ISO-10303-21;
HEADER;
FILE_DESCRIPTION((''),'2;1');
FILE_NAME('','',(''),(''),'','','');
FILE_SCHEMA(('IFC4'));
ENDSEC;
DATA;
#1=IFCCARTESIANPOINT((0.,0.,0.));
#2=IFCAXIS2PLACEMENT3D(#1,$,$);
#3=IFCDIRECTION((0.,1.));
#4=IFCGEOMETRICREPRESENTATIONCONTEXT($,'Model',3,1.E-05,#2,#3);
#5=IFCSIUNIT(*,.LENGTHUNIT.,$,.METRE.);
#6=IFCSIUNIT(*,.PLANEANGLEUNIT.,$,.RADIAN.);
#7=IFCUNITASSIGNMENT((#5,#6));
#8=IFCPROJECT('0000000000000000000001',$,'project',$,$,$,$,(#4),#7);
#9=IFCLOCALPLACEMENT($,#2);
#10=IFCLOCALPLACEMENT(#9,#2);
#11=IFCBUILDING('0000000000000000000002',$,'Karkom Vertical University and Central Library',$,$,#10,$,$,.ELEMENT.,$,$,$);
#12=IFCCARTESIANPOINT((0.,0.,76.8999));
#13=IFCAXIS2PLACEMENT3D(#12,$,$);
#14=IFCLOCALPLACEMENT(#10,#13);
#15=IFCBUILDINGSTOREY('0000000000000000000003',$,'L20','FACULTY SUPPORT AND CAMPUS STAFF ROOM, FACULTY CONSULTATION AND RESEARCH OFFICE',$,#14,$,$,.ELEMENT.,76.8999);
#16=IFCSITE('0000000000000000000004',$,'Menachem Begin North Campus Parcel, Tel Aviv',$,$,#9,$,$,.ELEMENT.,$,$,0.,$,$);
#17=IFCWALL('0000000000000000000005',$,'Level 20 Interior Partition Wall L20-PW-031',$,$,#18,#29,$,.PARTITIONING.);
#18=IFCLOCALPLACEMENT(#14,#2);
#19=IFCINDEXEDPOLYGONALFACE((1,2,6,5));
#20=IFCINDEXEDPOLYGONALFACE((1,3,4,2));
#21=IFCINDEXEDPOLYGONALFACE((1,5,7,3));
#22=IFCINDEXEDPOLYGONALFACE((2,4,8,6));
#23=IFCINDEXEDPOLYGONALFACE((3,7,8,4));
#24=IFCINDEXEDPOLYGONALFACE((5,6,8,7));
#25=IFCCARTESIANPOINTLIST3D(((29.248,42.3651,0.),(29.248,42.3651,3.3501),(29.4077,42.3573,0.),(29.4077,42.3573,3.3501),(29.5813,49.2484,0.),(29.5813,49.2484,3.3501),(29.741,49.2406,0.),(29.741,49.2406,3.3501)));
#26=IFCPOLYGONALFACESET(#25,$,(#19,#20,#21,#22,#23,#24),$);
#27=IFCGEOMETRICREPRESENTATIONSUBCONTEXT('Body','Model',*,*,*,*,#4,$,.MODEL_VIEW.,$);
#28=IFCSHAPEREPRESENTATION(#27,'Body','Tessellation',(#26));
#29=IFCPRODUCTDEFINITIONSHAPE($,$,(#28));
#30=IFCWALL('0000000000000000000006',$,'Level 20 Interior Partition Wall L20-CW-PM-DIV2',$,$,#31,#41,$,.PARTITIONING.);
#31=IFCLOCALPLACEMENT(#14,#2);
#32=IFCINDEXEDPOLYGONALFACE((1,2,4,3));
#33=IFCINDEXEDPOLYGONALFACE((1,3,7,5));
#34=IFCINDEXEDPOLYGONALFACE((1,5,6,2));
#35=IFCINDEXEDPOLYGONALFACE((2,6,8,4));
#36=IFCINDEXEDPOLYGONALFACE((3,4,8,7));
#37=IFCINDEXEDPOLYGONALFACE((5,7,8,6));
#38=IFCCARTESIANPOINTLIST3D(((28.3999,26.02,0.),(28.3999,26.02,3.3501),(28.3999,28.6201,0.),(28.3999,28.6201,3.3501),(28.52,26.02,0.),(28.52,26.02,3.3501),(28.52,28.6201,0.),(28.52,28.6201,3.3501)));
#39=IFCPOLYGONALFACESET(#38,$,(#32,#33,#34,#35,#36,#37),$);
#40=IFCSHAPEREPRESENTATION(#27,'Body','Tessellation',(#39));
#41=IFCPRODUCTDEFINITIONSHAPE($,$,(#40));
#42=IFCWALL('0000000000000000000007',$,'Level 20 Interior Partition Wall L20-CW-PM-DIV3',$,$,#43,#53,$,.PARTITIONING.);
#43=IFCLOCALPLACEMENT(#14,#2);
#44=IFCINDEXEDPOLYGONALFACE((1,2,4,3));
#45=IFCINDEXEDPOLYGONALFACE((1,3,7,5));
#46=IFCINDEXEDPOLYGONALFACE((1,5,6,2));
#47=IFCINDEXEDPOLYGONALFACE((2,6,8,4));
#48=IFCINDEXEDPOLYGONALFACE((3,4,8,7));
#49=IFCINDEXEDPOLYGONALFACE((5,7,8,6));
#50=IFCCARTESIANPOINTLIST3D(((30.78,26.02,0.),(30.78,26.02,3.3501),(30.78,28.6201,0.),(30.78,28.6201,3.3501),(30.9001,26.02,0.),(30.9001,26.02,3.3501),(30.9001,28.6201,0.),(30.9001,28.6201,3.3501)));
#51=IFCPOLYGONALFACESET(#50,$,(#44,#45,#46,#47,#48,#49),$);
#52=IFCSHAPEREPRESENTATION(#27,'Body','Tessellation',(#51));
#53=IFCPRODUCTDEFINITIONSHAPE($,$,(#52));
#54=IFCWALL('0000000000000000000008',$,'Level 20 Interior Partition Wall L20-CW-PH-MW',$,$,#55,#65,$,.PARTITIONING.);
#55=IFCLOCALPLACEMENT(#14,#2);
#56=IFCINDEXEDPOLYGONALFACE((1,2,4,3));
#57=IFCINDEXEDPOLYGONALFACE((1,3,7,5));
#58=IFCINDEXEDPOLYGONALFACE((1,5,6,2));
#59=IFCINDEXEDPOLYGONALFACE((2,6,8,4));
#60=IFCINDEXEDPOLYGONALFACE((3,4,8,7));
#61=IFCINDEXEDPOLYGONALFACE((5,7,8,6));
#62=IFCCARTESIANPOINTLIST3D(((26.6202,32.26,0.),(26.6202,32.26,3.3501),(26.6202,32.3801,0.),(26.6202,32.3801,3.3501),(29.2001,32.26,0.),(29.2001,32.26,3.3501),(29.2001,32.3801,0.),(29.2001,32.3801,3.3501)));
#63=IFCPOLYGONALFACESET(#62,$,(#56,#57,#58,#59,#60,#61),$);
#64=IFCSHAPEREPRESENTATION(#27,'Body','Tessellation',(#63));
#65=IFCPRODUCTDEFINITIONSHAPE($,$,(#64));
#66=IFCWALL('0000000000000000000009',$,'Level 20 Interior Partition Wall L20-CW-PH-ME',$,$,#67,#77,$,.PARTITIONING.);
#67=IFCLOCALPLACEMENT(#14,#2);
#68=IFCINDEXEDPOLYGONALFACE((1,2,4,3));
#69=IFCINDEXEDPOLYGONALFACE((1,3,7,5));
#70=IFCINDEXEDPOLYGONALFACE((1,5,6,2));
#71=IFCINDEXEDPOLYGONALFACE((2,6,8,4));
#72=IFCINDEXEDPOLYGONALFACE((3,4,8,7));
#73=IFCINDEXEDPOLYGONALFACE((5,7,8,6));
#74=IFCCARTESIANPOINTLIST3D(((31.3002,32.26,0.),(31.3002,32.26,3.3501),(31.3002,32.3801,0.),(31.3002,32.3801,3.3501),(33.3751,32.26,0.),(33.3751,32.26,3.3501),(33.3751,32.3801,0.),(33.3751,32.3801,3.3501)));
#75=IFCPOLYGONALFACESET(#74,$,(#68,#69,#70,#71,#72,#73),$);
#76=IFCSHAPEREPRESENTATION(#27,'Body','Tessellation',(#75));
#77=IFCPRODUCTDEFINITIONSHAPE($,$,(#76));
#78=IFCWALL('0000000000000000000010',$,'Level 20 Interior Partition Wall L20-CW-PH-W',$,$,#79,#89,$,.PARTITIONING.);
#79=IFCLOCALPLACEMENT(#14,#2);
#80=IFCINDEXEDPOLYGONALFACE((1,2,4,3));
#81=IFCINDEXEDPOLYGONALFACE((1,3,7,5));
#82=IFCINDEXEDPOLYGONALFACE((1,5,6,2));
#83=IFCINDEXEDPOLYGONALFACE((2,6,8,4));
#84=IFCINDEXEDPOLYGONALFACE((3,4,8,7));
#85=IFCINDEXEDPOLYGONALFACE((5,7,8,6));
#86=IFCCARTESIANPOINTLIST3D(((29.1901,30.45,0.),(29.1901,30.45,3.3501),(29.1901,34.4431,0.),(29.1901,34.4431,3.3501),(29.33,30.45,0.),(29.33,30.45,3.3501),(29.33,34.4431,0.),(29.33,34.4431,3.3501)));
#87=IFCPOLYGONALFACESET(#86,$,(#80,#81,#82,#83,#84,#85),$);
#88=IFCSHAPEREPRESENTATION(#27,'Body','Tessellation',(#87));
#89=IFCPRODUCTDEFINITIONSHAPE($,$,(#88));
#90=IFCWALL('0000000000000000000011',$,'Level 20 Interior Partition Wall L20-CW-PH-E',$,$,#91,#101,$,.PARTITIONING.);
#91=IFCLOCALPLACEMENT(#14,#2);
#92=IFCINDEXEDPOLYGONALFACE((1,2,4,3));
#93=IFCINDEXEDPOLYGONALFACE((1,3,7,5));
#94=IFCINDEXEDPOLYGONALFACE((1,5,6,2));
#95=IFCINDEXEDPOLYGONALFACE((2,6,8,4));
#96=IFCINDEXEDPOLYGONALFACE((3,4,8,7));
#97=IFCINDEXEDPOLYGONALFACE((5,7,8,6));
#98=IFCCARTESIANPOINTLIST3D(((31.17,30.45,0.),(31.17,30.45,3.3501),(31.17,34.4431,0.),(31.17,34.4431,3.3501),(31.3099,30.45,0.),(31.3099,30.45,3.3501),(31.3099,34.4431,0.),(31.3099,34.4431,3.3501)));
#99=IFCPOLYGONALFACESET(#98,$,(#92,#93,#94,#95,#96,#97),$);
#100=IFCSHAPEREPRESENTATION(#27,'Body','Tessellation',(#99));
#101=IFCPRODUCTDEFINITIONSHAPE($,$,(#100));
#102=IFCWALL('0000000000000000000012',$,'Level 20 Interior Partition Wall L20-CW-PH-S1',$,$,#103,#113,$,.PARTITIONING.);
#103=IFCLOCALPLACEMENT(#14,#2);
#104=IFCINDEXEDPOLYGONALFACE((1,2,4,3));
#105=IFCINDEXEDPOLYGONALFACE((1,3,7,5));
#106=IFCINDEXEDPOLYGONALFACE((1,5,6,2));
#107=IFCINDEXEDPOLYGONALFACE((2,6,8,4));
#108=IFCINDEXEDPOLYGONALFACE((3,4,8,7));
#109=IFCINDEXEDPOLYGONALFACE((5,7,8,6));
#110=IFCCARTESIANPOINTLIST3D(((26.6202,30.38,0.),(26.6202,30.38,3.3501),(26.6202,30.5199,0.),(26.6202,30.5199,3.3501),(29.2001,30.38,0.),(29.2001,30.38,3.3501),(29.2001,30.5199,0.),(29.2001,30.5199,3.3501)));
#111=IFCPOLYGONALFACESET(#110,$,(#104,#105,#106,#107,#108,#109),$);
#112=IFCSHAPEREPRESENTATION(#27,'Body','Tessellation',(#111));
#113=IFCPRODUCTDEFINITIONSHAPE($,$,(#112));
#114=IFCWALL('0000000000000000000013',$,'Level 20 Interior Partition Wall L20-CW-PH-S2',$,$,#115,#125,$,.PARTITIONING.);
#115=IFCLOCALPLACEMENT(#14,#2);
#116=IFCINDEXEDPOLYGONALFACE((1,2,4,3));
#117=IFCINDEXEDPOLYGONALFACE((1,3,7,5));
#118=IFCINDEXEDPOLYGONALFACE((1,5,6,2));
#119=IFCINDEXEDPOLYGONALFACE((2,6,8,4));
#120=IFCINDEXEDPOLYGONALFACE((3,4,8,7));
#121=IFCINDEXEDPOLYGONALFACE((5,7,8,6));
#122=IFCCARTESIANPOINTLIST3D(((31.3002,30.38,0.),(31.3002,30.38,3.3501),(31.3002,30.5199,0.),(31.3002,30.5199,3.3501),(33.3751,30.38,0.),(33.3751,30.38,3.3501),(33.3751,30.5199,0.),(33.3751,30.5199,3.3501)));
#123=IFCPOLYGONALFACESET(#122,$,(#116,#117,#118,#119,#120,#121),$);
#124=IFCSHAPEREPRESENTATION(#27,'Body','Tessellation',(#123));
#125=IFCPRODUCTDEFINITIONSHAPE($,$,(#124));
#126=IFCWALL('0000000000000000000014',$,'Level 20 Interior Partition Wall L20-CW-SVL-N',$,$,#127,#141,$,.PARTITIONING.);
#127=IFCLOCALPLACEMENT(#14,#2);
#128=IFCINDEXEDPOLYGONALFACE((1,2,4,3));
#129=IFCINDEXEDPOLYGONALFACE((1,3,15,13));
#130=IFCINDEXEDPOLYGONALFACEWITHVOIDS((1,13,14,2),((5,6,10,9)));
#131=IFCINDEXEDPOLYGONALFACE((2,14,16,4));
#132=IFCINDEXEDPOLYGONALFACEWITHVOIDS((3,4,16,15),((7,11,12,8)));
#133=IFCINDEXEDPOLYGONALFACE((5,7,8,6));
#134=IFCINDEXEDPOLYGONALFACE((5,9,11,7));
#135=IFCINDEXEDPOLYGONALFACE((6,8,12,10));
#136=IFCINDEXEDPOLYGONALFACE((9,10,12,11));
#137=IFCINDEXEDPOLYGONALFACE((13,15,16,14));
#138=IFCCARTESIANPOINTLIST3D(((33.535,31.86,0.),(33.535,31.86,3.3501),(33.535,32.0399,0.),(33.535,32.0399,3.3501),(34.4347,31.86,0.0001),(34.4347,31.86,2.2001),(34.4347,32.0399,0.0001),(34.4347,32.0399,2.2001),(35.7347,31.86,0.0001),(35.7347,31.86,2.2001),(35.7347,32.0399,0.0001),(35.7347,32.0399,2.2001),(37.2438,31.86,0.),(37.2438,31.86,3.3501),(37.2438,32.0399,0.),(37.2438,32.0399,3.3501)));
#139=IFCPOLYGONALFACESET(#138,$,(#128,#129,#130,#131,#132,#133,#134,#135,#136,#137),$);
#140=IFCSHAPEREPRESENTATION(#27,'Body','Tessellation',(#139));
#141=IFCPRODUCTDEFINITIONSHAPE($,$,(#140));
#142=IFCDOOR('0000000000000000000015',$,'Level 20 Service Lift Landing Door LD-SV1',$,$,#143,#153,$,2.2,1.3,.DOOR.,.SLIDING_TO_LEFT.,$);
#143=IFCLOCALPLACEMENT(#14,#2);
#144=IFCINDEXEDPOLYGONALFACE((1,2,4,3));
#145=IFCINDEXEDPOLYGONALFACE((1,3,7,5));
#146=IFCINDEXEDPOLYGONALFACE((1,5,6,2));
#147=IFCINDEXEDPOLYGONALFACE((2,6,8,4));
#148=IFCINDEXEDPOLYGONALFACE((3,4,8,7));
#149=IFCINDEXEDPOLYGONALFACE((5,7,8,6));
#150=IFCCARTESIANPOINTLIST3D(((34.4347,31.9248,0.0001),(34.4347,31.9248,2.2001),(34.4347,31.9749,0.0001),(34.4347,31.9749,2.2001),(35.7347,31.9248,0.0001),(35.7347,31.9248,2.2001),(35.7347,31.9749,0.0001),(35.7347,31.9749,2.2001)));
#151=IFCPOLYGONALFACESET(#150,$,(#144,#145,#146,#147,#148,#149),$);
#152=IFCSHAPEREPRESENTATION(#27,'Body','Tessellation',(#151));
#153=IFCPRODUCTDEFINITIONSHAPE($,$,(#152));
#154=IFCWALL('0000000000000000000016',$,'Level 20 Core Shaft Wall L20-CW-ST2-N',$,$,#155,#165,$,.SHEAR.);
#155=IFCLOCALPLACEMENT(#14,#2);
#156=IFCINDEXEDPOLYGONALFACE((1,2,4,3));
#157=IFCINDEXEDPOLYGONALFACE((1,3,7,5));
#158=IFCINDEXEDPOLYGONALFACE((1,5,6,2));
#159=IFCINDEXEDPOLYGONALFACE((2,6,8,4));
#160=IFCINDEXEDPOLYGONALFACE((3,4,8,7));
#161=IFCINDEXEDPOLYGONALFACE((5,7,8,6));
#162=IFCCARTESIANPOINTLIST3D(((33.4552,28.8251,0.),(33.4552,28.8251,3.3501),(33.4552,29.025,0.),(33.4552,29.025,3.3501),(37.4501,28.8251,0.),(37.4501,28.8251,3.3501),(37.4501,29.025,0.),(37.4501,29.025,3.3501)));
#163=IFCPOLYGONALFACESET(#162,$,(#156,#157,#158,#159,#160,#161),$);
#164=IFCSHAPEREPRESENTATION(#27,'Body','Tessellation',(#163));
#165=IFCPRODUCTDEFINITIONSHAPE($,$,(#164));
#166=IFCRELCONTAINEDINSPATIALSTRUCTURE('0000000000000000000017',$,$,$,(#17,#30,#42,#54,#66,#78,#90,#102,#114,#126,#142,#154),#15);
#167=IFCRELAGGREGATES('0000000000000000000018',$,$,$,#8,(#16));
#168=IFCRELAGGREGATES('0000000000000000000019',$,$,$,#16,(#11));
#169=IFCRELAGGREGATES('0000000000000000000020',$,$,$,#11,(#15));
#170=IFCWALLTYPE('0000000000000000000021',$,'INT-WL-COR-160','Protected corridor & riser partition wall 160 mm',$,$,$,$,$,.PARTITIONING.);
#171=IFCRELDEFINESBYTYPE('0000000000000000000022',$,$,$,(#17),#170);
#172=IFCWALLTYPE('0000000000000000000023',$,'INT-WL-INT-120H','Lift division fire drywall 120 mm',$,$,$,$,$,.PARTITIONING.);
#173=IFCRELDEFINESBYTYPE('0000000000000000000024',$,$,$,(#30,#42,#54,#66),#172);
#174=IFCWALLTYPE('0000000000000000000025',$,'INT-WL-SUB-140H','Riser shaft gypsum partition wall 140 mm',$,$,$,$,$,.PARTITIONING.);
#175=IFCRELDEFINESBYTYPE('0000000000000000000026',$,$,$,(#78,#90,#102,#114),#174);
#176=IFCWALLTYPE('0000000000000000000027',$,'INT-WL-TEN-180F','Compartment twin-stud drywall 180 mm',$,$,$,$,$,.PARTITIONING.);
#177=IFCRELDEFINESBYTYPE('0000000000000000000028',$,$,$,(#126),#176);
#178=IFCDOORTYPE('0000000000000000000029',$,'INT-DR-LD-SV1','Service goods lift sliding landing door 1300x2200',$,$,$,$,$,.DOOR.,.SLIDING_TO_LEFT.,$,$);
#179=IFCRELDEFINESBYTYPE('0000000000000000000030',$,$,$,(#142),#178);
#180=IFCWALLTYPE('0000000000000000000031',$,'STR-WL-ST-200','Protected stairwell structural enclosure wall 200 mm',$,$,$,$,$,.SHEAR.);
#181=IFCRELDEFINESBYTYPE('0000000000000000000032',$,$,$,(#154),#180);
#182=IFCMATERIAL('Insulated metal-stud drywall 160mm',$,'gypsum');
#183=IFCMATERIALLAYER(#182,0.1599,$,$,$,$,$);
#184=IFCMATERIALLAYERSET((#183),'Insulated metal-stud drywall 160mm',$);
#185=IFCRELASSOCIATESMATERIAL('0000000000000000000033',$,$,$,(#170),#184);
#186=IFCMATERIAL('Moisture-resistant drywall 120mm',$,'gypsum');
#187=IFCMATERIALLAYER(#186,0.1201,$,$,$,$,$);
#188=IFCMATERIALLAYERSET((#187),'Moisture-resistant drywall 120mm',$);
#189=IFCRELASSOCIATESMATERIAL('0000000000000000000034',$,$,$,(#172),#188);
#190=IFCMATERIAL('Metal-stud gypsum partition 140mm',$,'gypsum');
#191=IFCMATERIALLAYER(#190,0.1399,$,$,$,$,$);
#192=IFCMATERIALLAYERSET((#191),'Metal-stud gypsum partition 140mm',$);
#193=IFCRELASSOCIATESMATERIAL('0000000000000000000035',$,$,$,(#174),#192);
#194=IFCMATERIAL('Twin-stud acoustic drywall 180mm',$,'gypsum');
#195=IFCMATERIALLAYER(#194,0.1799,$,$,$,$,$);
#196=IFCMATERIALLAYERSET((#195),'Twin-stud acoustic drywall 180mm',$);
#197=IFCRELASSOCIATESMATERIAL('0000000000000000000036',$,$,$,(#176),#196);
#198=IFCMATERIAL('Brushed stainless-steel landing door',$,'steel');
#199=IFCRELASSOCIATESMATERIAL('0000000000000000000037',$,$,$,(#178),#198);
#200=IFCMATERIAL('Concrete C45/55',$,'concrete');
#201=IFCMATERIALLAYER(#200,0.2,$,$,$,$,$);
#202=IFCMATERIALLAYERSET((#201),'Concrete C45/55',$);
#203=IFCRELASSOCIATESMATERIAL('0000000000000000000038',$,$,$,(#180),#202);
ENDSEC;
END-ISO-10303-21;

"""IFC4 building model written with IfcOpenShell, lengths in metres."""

from ifc_helpers import new_model, si_unit, direction, frame, frame_2d, origin, origin_with_axes, place, context, subcontext, project, spatial, rectangle, extrude, source, transform, mapped, material, layer, layer_set, type_object, element, fill, save


model = new_model("IFC4")

# Units and contexts
model_context = context("Model", 3, precision=1e-05, world=origin(), true_north=direction((0.0, 1.0)))
body_context = subcontext(model_context, "Body", "Model", "MODEL_VIEW")
ifc_project = project(units=[si_unit("LENGTHUNIT", "METRE"), si_unit("PLANEANGLEUNIT", "RADIAN")], contexts=[model_context])

# Site, building, storey
site_placement = place(None, origin())
site = spatial("IfcSite", under=ifc_project, at=site_placement, Name="Menachem Begin North Campus Parcel, Tel Aviv", CompositionType="ELEMENT", RefElevation=0.0)
building_placement = place(site_placement, origin())
building = spatial("IfcBuilding", under=site, at=building_placement, Name="Karkom Vertical University and Central Library", CompositionType="ELEMENT")
storey_placement = place(building_placement, frame((0.0, 0.0, 76.8999)))
storey = spatial("IfcBuildingStorey", under=building, at=storey_placement, Name="L20", Description="FACULTY SUPPORT AND CAMPUS STAFF ROOM, FACULTY CONSULTATION AND RESEARCH OFFICE", CompositionType="ELEMENT", Elevation=76.8999)

# Shared definitions
ifc_material_1 = material(Name="Insulated metal-stud drywall 160mm", Category="gypsum")
ifc_layer_1 = layer(ifc_material_1, 0.1599)
ifc_layer_set_1 = layer_set([ifc_layer_1], Name="Insulated metal-stud drywall 160mm")
wall_type_1 = type_object("IfcWallType", Name="INT-WL-COR-160", Description="Protected corridor & riser partition wall 160 mm", PredefinedType="PARTITIONING", material=ifc_layer_set_1)

# Wall
wall_1_placement = place(storey_placement, frame((29.3279, 42.3611, 0.0), z_axis=(0.0, 0.0, 1.0), x_axis=(0.048358, 0.99883, 0.0)))
element("IfcWall", 1, at=wall_1_placement, inside=storey, type_object=wall_type_1, Name="Level 20 Interior Partition Wall L20-PW-031", PredefinedType="PARTITIONING", context=body_context, shape_type="SweptSolid", body=[
    extrude(rectangle(XDim=6.8914, YDim=0.1599, at=frame_2d((3.4458, 0.0))), origin(), (0.0, 0.0, 1.0), 3.3501),
])

# Walls
ifc_material_2 = material(Name="Moisture-resistant drywall 120mm", Category="gypsum")
ifc_layer_2 = layer(ifc_material_2, 0.1201)
ifc_layer_set_2 = layer_set([ifc_layer_2], Name="Moisture-resistant drywall 120mm")
wall_type_2 = type_object("IfcWallType", Name="INT-WL-INT-120H", Description="Lift division fire drywall 120 mm", PredefinedType="PARTITIONING", material=ifc_layer_set_2)
for number, where, z_axis, x_axis, name in (
    (2, (28.46, 26.02, 0.0), (0.0, 0.0, 1.0), (0.0, 1.0, 0.0), "Level 20 Interior Partition Wall L20-CW-PM-DIV2"),
    (3, (30.8401, 26.02, 0.0), (0.0, 0.0, 1.0), (0.0, 1.0, 0.0), "Level 20 Interior Partition Wall L20-CW-PM-DIV3"),
):
    element("IfcWall", number, at=place(storey_placement, frame(where, z_axis=z_axis, x_axis=x_axis)), inside=storey, type_object=wall_type_2, Name=name, PredefinedType="PARTITIONING", context=body_context, shape_type="SweptSolid", body=[
        extrude(rectangle(XDim=2.6001, YDim=0.1201, at=frame_2d((1.3, 0.0))), origin(), (0.0, 0.0, 1.0), 3.3501),
    ])
wall_2_placement = place(storey_placement, frame((26.6201, 32.3201, 0.0), z_axis=(0.0, 0.0, 1.0), x_axis=(1.0, 0.0, 0.0)))
element("IfcWall", 4, at=wall_2_placement, inside=storey, type_object=wall_type_2, Name="Level 20 Interior Partition Wall L20-CW-PH-MW", PredefinedType="PARTITIONING", context=body_context, shape_type="SweptSolid", body=[
    extrude(rectangle(XDim=2.5798, YDim=0.1201, at=frame_2d((1.29, 0.0))), origin(), (0.0, 0.0, 1.0), 3.3501),
])
wall_3_placement = place(storey_placement, frame((31.3, 32.3201, 0.0), z_axis=(0.0, 0.0, 1.0), x_axis=(1.0, 0.0, 0.0)))
element("IfcWall", 5, at=wall_3_placement, inside=storey, type_object=wall_type_2, Name="Level 20 Interior Partition Wall L20-CW-PH-ME", PredefinedType="PARTITIONING", context=body_context, shape_type="SweptSolid", body=[
    extrude(rectangle(XDim=2.075, YDim=0.1201, at=frame_2d((1.0376, 0.0))), origin(), (0.0, 0.0, 1.0), 3.3501),
])
ifc_material_3 = material(Name="Metal-stud gypsum partition 140mm", Category="gypsum")
ifc_layer_3 = layer(ifc_material_3, 0.1399)
ifc_layer_set_3 = layer_set([ifc_layer_3], Name="Metal-stud gypsum partition 140mm")
wall_type_3 = type_object("IfcWallType", Name="INT-WL-SUB-140H", Description="Riser shaft gypsum partition wall 140 mm", PredefinedType="PARTITIONING", material=ifc_layer_set_3)
for number, where, z_axis, x_axis, name in (
    (6, (29.26, 30.45, 0.0), (0.0, 0.0, 1.0), (0.0, 1.0, 0.0), "Level 20 Interior Partition Wall L20-CW-PH-W"),
    (7, (31.24, 30.45, 0.0), (0.0, 0.0, 1.0), (0.0, 1.0, 0.0), "Level 20 Interior Partition Wall L20-CW-PH-E"),
):
    element("IfcWall", number, at=place(storey_placement, frame(where, z_axis=z_axis, x_axis=x_axis)), inside=storey, type_object=wall_type_3, Name=name, PredefinedType="PARTITIONING", context=body_context, shape_type="SweptSolid", body=[
        extrude(rectangle(XDim=3.9932, YDim=0.1399, at=frame_2d((1.9966, 0.0))), origin(), (0.0, 0.0, 1.0), 3.3501),
    ])
wall_4_placement = place(storey_placement, frame((26.6201, 30.45, 0.0), z_axis=(0.0, 0.0, 1.0), x_axis=(1.0, 0.0, 0.0)))
element("IfcWall", 8, at=wall_4_placement, inside=storey, type_object=wall_type_3, Name="Level 20 Interior Partition Wall L20-CW-PH-S1", PredefinedType="PARTITIONING", context=body_context, shape_type="SweptSolid", body=[
    extrude(rectangle(XDim=2.5798, YDim=0.1399, at=frame_2d((1.29, 0.0))), origin(), (0.0, 0.0, 1.0), 3.3501),
])
wall_5_placement = place(storey_placement, frame((31.3, 30.45, 0.0), z_axis=(0.0, 0.0, 1.0), x_axis=(1.0, 0.0, 0.0)))
element("IfcWall", 9, at=wall_5_placement, inside=storey, type_object=wall_type_3, Name="Level 20 Interior Partition Wall L20-CW-PH-S2", PredefinedType="PARTITIONING", context=body_context, shape_type="SweptSolid", body=[
    extrude(rectangle(XDim=2.075, YDim=0.1399, at=frame_2d((1.0376, 0.0))), origin(), (0.0, 0.0, 1.0), 3.3501),
])

# Wall, opening, door
ifc_material_4 = material(Name="Twin-stud acoustic drywall 180mm", Category="gypsum")
ifc_layer_4 = layer(ifc_material_4, 0.1799)
ifc_layer_set_4 = layer_set([ifc_layer_4], Name="Twin-stud acoustic drywall 180mm")
wall_type_4 = type_object("IfcWallType", Name="INT-WL-TEN-180F", Description="Compartment twin-stud drywall 180 mm", PredefinedType="PARTITIONING", material=ifc_layer_set_4)
wall_6_placement = place(storey_placement, frame((33.5349, 31.95, 0.0), z_axis=(0.0, 0.0, 1.0), x_axis=(1.0, 0.0, 0.0)))
wall_6 = element("IfcWall", 10, at=wall_6_placement, inside=storey, type_object=wall_type_4, Name="Level 20 Interior Partition Wall L20-CW-SVL-N", PredefinedType="PARTITIONING", context=body_context, shape_type="SweptSolid", body=[
    extrude(rectangle(XDim=3.7087, YDim=0.1799, at=frame_2d((1.8545, 0.0))), origin(), (0.0, 0.0, 1.0), 3.3501),
])
opening_1_placement = place(wall_6_placement, frame((0.8999, 0.0, 0.0)))
opening_1 = element("IfcOpeningElement", 11, at=opening_1_placement, cuts=wall_6, PredefinedType="OPENING", context=body_context, shape_type="SweptSolid", body=[
    extrude(rectangle(XDim=1.3, YDim=2.2, at=frame_2d((0.6499, 1.1001))), frame((0.0, 0.1001, 0.0), z_axis=(0.0, -1.0, 0.0), x_axis=(1.0, 0.0, 0.0)), (0.0, 0.0, 1.0), 0.2),
])
ifc_material_5 = material(Name="Brushed stainless-steel landing door", Category="steel")
door_type_1 = type_object("IfcDoorType", Name="INT-DR-LD-SV1", Description="Service goods lift sliding landing door 1300x2200", OperationType="SLIDING_TO_LEFT", PredefinedType="DOOR", material=ifc_material_5)
shared_shape_1 = source(origin_with_axes(), body_context, "Body", "SweptSolid", [
    extrude(rectangle(XDim=1.3, YDim=2.2, at=frame_2d((0.6499, 1.1001))), frame((0.0, 0.0249, 0.0), z_axis=(0.0, -1.0, 0.0), x_axis=(1.0, 0.0, 0.0)), (0.0, 0.0, 1.0), 0.05),
])
door_1_placement = place(opening_1_placement, origin())
door_1 = element("IfcDoor", 12, at=door_1_placement, inside=storey, type_object=door_type_1, Name="Level 20 Service Lift Landing Door LD-SV1", OperationType="SLIDING_TO_LEFT", OverallHeight=2.2, OverallWidth=1.3, PredefinedType="DOOR", context=body_context, shape_type="MappedRepresentation", body=[
    mapped(shared_shape_1, transform((0.0, 0.0, 0.0), scale=1.0)),
])
fill(opening_1, door_1)

# Wall
ifc_material_6 = material(Name="Concrete C45/55", Category="concrete")
ifc_layer_5 = layer(ifc_material_6, 0.2)
ifc_layer_set_5 = layer_set([ifc_layer_5], Name="Concrete C45/55")
wall_type_5 = type_object("IfcWallType", Name="STR-WL-ST-200", Description="Protected stairwell structural enclosure wall 200 mm", PredefinedType="SHEAR", material=ifc_layer_set_5)
wall_7_placement = place(storey_placement, frame((33.4551, 28.925, 0.0), z_axis=(0.0, 0.0, 1.0), x_axis=(1.0, 0.0, 0.0)))
element("IfcWall", 13, at=wall_7_placement, inside=storey, type_object=wall_type_5, Name="Level 20 Core Shaft Wall L20-CW-ST2-N", PredefinedType="SHEAR", context=body_context, shape_type="SweptSolid", body=[
    extrude(rectangle(XDim=3.9949, YDim=0.2, at=frame_2d((1.9976, 0.0))), origin(), (0.0, 0.0, 1.0), 3.3501),
])

save(model, "model.ifc")
